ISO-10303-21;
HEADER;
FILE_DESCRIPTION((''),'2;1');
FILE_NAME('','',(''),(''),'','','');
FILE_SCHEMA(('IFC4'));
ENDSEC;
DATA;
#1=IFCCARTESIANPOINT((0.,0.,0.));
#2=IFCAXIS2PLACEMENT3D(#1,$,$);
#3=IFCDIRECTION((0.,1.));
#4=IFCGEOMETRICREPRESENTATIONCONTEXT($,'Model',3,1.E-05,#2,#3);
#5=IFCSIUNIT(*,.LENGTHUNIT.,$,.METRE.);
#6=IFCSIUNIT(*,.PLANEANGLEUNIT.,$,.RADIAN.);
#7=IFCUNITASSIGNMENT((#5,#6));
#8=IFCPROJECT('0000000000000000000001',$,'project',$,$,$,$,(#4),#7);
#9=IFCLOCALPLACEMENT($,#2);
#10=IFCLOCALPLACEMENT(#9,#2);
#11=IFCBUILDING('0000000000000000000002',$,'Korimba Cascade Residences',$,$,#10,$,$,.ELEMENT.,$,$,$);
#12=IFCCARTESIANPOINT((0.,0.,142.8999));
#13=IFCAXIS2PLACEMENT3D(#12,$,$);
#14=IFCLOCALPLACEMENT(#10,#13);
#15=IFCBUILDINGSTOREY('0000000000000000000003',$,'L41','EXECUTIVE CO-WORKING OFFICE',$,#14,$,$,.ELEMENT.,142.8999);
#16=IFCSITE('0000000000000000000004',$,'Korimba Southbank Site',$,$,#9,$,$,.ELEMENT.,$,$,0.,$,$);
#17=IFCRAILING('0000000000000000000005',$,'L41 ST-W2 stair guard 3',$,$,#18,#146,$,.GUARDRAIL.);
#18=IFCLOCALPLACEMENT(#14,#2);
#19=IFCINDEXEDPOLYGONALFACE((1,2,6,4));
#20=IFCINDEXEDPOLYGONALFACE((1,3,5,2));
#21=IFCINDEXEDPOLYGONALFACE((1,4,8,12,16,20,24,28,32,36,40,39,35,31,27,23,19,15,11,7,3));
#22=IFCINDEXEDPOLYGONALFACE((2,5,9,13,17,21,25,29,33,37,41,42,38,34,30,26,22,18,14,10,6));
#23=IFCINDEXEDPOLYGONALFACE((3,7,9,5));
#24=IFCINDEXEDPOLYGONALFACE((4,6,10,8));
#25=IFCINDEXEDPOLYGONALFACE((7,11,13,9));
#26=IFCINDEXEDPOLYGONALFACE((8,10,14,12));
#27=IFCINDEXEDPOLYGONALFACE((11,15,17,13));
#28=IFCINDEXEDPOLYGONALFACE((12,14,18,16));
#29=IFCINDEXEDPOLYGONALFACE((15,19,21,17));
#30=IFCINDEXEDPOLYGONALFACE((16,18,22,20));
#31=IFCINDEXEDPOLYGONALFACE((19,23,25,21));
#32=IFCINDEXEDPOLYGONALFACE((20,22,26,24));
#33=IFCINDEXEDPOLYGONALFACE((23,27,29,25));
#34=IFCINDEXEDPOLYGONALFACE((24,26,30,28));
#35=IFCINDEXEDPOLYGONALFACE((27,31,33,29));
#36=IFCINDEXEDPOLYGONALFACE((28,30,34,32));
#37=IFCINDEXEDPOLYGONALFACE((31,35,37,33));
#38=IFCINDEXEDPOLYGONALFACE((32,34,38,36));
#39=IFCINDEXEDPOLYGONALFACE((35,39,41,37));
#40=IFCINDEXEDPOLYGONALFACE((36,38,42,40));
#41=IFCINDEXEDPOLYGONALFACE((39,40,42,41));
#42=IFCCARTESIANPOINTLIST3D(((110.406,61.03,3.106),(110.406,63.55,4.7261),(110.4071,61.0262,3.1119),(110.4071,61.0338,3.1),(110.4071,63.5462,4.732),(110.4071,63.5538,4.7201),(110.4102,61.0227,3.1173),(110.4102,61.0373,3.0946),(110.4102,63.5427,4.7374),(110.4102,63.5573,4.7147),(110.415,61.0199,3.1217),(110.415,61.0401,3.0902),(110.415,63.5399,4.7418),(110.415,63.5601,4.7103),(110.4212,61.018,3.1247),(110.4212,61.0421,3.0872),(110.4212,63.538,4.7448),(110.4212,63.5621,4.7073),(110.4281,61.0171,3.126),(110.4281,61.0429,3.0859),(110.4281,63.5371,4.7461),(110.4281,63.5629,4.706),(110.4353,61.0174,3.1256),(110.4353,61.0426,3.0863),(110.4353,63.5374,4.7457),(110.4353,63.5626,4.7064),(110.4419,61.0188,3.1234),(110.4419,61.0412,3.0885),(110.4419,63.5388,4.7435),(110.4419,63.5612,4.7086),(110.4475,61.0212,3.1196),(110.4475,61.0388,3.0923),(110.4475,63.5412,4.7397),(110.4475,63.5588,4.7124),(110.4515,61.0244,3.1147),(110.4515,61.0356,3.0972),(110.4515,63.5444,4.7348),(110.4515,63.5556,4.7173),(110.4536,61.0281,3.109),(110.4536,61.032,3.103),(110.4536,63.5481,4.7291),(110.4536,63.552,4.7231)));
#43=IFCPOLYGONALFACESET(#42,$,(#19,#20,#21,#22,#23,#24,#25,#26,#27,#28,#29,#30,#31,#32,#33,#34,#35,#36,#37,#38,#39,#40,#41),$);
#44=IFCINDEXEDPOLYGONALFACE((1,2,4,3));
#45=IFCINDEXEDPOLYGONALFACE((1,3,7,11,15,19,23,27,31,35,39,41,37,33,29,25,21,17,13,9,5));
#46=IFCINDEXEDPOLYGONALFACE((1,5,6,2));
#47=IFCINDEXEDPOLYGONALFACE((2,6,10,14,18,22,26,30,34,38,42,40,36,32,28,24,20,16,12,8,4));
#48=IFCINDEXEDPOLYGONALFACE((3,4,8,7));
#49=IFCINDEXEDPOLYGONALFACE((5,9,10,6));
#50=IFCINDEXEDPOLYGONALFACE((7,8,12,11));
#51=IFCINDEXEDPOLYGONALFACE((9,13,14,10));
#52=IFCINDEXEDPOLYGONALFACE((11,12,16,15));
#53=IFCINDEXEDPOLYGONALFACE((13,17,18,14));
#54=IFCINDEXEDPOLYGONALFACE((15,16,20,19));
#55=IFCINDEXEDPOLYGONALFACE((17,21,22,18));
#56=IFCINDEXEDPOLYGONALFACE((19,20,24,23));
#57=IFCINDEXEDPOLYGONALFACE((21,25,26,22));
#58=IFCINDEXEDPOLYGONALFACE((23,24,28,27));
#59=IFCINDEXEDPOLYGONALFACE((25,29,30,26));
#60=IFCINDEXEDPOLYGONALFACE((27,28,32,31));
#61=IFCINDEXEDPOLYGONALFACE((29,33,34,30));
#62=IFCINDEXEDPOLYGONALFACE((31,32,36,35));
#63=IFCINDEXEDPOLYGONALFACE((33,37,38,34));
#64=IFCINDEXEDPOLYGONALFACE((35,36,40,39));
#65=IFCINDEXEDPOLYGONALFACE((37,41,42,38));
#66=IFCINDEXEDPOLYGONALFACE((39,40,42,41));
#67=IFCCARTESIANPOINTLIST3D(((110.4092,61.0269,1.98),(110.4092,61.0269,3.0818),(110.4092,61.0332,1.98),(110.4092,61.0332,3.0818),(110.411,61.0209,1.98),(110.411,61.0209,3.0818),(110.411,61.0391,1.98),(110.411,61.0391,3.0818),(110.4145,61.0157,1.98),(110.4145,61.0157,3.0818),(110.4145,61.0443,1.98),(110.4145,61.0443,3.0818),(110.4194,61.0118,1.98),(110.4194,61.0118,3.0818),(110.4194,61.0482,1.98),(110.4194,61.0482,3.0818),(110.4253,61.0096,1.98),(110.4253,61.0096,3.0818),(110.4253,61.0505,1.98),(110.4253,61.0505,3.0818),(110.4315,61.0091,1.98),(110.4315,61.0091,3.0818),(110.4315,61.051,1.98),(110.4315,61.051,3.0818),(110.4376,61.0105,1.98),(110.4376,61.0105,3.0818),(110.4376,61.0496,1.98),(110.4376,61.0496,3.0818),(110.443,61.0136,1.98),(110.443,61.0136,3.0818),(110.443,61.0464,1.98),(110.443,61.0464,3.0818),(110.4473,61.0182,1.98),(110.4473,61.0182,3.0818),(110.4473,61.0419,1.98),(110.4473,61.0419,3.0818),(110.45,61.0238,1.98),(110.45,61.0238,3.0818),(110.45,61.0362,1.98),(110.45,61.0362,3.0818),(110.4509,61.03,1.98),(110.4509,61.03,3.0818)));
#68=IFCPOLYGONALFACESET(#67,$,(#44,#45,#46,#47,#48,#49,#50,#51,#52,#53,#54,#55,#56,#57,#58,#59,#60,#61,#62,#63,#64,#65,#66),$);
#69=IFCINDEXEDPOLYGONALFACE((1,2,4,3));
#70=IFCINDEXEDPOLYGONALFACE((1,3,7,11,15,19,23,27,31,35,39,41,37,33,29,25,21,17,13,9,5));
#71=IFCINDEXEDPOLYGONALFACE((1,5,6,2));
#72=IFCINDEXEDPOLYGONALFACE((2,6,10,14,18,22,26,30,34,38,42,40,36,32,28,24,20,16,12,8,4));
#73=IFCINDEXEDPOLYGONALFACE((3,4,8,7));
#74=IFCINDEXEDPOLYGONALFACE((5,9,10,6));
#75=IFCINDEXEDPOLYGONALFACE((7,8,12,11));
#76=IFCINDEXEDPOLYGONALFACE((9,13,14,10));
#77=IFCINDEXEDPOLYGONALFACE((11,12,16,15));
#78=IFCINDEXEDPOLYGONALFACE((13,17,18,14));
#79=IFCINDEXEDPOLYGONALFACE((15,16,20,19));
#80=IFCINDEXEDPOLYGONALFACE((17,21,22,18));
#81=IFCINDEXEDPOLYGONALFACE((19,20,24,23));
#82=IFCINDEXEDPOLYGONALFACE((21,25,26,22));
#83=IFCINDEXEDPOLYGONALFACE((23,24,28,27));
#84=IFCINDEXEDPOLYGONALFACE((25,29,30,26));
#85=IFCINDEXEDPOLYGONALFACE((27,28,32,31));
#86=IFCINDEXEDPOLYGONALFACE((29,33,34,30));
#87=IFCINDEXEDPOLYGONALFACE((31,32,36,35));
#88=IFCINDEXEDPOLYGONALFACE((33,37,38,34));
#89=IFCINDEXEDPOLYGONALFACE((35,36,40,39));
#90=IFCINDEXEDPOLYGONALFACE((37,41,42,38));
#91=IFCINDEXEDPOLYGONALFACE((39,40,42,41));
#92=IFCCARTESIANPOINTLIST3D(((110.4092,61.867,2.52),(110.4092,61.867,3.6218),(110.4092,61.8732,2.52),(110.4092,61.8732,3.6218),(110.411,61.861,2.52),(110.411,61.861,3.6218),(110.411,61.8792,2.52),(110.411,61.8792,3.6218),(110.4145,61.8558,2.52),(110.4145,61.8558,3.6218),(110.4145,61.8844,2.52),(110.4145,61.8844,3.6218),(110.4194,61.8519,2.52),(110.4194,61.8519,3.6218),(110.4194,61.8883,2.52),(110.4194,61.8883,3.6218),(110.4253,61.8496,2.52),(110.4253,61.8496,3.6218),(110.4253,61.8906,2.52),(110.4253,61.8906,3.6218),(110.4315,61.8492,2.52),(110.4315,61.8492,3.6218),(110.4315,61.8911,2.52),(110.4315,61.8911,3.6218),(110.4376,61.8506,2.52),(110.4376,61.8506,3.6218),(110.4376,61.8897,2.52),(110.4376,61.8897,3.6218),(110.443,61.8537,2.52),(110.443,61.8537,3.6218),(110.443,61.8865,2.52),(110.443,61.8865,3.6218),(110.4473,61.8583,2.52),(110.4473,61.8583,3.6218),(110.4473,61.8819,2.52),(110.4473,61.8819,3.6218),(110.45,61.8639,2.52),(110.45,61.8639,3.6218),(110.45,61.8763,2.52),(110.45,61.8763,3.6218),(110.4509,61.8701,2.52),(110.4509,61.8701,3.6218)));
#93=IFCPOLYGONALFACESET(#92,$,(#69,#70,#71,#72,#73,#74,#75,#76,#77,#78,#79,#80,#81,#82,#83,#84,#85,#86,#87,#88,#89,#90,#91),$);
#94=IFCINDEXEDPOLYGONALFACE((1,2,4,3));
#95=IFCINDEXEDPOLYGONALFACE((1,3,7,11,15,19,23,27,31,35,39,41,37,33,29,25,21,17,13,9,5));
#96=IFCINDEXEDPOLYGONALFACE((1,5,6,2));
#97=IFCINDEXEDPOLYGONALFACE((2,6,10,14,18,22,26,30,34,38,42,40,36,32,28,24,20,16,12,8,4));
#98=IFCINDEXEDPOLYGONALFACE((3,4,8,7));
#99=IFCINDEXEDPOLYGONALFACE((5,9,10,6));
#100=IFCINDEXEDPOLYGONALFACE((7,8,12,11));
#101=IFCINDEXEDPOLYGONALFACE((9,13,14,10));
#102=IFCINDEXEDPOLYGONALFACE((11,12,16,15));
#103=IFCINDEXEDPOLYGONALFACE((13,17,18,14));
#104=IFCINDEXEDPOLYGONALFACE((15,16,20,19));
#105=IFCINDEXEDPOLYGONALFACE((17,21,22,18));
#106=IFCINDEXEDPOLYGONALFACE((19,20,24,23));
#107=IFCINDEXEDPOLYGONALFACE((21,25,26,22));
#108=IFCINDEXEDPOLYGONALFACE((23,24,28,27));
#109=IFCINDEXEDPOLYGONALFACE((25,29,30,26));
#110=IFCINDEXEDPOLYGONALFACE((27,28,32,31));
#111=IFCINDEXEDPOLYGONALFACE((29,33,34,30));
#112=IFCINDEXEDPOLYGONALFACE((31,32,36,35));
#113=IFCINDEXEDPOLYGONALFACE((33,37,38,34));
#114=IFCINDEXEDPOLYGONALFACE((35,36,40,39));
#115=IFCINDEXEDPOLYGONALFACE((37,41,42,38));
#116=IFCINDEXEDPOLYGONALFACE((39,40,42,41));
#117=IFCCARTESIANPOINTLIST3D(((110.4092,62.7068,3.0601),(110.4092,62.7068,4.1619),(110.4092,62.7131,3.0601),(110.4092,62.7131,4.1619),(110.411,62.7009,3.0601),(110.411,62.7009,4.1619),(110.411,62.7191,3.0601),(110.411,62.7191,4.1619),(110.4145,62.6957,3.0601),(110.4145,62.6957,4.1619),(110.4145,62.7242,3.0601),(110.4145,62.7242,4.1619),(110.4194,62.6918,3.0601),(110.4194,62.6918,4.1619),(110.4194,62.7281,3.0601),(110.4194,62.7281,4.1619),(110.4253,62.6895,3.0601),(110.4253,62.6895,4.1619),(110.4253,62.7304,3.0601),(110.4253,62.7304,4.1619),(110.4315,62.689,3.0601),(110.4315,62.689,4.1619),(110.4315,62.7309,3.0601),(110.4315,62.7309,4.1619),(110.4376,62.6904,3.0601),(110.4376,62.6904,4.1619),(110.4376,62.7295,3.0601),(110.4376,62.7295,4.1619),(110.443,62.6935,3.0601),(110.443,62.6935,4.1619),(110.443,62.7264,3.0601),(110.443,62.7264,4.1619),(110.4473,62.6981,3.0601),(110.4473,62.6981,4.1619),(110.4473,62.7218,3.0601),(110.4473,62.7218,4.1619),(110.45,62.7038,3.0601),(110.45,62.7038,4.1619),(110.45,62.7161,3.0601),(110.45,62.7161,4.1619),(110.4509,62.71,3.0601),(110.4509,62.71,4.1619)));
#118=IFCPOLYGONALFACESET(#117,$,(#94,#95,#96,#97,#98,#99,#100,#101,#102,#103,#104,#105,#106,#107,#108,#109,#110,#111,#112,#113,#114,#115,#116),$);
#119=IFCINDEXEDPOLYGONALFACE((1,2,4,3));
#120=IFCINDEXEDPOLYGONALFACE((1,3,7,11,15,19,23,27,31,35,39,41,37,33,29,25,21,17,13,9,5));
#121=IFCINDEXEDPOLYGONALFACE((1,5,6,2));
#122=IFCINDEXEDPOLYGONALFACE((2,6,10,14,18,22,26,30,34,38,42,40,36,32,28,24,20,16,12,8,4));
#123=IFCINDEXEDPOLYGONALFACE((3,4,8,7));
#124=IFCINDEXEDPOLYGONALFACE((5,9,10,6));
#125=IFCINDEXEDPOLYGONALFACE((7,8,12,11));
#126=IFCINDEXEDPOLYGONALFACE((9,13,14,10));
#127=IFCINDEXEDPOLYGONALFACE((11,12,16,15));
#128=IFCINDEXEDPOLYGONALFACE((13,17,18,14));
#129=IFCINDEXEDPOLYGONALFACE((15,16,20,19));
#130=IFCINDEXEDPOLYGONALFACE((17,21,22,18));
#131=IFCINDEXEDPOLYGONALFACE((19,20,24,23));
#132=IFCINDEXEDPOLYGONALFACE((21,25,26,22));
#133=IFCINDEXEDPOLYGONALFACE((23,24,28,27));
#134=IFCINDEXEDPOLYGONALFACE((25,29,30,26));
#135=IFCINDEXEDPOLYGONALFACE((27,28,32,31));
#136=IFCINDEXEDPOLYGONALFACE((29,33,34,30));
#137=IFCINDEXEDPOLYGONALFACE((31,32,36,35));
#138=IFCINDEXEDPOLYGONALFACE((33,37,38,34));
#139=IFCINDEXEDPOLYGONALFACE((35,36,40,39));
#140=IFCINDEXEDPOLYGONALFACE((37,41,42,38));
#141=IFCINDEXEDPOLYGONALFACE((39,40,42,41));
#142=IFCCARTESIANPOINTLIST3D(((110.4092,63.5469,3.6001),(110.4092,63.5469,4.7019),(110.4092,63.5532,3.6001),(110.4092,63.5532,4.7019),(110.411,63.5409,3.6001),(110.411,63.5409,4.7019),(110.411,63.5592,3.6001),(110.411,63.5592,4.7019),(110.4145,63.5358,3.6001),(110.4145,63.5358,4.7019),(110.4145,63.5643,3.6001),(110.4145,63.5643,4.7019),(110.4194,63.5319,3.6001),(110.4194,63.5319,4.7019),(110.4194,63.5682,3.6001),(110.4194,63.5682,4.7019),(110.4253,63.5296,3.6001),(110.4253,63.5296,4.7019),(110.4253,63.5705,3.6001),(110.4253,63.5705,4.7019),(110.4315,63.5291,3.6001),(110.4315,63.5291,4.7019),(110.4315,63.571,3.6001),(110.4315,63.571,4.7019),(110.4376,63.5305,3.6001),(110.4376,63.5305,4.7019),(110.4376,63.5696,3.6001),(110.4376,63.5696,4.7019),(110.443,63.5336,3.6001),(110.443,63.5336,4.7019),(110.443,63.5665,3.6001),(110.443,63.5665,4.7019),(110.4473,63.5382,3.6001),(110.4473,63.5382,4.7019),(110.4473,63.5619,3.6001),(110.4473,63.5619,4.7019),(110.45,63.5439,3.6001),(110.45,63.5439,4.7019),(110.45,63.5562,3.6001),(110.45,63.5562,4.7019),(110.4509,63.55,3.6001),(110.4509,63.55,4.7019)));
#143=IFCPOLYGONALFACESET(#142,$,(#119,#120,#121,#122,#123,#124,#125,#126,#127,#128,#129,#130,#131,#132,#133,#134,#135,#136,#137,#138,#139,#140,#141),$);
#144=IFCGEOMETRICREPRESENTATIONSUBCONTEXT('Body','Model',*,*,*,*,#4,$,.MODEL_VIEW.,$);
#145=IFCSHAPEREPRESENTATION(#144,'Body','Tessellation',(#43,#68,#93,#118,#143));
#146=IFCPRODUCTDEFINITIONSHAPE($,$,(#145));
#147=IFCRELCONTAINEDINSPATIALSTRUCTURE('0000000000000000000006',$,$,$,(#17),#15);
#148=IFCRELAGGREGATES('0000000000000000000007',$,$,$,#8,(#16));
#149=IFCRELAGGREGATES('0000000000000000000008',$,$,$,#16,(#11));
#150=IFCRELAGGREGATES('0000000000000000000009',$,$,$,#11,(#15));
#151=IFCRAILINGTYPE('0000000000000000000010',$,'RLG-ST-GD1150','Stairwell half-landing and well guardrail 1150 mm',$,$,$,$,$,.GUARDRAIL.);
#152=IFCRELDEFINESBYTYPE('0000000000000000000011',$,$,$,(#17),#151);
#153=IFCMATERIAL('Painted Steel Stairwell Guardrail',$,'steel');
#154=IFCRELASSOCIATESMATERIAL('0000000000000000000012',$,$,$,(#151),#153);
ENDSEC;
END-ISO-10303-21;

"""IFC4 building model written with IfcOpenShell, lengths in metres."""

from ifc_helpers import new_model, si_unit, direction, frame, origin, origin_2d, place, context, subcontext, project, spatial, circle, extrude, material, type_object, element, save


model = new_model("IFC4")

# Units and contexts
model_context = context("Model", 3, precision=1e-05, world=origin(), true_north=direction((0.0, 1.0)))
body_context = subcontext(model_context, "Body", "Model", "MODEL_VIEW")
ifc_project = project(units=[si_unit("LENGTHUNIT", "METRE"), si_unit("PLANEANGLEUNIT", "RADIAN")], contexts=[model_context])

# Site, building, storey
site_placement = place(None, origin())
site = spatial("IfcSite", under=ifc_project, at=site_placement, Name="Korimba Southbank Site", CompositionType="ELEMENT", RefElevation=0.0)
building_placement = place(site_placement, origin())
building = spatial("IfcBuilding", under=site, at=building_placement, Name="Korimba Cascade Residences", CompositionType="ELEMENT")
storey_placement = place(building_placement, frame((0.0, 0.0, 142.8999)))
storey = spatial("IfcBuildingStorey", under=building, at=storey_placement, Name="L41", Description="EXECUTIVE CO-WORKING OFFICE", CompositionType="ELEMENT", Elevation=142.8999)

# Railing
ifc_material_1 = material(Name="Painted Steel Stairwell Guardrail", Category="steel")
railing_type_1 = type_object("IfcRailingType", Name="RLG-ST-GD1150", Description="Stairwell half-landing and well guardrail 1150 mm", PredefinedType="GUARDRAIL", material=ifc_material_1)
railing_1_placement = place(storey_placement, frame((110.4299, 61.03, 1.98)))
element("IfcRailing", 1, at=railing_1_placement, inside=storey, type_object=railing_type_1, Name="L41 ST-W2 stair guard 3", PredefinedType="GUARDRAIL", context=body_context, shape_type="SweptSolid", body=[
    extrude(circle(Radius=0.0239, at=origin_2d()), frame((0.0, 0.0, 1.126), z_axis=(0.0, 0.841163, 0.540782), x_axis=(-1.0, 0.0, 0.0)), (0.0, 0.0, 1.0), 2.9958),
    extrude(circle(Radius=0.021, at=origin_2d()), origin(), (0.0, 0.0, 1.0), 1.1018),
    extrude(circle(Radius=0.021, at=origin_2d()), frame((0.0, 0.8401, 0.54)), (0.0, 0.0, 1.0), 1.1018),
    extrude(circle(Radius=0.021, at=origin_2d()), frame((0.0, 1.6799, 1.0801)), (0.0, 0.0, 1.0), 1.1018),
    extrude(circle(Radius=0.021, at=origin_2d()), frame((0.0, 2.52, 1.6201)), (0.0, 0.0, 1.0), 1.1018),
])

save(model, "model.ifc")
